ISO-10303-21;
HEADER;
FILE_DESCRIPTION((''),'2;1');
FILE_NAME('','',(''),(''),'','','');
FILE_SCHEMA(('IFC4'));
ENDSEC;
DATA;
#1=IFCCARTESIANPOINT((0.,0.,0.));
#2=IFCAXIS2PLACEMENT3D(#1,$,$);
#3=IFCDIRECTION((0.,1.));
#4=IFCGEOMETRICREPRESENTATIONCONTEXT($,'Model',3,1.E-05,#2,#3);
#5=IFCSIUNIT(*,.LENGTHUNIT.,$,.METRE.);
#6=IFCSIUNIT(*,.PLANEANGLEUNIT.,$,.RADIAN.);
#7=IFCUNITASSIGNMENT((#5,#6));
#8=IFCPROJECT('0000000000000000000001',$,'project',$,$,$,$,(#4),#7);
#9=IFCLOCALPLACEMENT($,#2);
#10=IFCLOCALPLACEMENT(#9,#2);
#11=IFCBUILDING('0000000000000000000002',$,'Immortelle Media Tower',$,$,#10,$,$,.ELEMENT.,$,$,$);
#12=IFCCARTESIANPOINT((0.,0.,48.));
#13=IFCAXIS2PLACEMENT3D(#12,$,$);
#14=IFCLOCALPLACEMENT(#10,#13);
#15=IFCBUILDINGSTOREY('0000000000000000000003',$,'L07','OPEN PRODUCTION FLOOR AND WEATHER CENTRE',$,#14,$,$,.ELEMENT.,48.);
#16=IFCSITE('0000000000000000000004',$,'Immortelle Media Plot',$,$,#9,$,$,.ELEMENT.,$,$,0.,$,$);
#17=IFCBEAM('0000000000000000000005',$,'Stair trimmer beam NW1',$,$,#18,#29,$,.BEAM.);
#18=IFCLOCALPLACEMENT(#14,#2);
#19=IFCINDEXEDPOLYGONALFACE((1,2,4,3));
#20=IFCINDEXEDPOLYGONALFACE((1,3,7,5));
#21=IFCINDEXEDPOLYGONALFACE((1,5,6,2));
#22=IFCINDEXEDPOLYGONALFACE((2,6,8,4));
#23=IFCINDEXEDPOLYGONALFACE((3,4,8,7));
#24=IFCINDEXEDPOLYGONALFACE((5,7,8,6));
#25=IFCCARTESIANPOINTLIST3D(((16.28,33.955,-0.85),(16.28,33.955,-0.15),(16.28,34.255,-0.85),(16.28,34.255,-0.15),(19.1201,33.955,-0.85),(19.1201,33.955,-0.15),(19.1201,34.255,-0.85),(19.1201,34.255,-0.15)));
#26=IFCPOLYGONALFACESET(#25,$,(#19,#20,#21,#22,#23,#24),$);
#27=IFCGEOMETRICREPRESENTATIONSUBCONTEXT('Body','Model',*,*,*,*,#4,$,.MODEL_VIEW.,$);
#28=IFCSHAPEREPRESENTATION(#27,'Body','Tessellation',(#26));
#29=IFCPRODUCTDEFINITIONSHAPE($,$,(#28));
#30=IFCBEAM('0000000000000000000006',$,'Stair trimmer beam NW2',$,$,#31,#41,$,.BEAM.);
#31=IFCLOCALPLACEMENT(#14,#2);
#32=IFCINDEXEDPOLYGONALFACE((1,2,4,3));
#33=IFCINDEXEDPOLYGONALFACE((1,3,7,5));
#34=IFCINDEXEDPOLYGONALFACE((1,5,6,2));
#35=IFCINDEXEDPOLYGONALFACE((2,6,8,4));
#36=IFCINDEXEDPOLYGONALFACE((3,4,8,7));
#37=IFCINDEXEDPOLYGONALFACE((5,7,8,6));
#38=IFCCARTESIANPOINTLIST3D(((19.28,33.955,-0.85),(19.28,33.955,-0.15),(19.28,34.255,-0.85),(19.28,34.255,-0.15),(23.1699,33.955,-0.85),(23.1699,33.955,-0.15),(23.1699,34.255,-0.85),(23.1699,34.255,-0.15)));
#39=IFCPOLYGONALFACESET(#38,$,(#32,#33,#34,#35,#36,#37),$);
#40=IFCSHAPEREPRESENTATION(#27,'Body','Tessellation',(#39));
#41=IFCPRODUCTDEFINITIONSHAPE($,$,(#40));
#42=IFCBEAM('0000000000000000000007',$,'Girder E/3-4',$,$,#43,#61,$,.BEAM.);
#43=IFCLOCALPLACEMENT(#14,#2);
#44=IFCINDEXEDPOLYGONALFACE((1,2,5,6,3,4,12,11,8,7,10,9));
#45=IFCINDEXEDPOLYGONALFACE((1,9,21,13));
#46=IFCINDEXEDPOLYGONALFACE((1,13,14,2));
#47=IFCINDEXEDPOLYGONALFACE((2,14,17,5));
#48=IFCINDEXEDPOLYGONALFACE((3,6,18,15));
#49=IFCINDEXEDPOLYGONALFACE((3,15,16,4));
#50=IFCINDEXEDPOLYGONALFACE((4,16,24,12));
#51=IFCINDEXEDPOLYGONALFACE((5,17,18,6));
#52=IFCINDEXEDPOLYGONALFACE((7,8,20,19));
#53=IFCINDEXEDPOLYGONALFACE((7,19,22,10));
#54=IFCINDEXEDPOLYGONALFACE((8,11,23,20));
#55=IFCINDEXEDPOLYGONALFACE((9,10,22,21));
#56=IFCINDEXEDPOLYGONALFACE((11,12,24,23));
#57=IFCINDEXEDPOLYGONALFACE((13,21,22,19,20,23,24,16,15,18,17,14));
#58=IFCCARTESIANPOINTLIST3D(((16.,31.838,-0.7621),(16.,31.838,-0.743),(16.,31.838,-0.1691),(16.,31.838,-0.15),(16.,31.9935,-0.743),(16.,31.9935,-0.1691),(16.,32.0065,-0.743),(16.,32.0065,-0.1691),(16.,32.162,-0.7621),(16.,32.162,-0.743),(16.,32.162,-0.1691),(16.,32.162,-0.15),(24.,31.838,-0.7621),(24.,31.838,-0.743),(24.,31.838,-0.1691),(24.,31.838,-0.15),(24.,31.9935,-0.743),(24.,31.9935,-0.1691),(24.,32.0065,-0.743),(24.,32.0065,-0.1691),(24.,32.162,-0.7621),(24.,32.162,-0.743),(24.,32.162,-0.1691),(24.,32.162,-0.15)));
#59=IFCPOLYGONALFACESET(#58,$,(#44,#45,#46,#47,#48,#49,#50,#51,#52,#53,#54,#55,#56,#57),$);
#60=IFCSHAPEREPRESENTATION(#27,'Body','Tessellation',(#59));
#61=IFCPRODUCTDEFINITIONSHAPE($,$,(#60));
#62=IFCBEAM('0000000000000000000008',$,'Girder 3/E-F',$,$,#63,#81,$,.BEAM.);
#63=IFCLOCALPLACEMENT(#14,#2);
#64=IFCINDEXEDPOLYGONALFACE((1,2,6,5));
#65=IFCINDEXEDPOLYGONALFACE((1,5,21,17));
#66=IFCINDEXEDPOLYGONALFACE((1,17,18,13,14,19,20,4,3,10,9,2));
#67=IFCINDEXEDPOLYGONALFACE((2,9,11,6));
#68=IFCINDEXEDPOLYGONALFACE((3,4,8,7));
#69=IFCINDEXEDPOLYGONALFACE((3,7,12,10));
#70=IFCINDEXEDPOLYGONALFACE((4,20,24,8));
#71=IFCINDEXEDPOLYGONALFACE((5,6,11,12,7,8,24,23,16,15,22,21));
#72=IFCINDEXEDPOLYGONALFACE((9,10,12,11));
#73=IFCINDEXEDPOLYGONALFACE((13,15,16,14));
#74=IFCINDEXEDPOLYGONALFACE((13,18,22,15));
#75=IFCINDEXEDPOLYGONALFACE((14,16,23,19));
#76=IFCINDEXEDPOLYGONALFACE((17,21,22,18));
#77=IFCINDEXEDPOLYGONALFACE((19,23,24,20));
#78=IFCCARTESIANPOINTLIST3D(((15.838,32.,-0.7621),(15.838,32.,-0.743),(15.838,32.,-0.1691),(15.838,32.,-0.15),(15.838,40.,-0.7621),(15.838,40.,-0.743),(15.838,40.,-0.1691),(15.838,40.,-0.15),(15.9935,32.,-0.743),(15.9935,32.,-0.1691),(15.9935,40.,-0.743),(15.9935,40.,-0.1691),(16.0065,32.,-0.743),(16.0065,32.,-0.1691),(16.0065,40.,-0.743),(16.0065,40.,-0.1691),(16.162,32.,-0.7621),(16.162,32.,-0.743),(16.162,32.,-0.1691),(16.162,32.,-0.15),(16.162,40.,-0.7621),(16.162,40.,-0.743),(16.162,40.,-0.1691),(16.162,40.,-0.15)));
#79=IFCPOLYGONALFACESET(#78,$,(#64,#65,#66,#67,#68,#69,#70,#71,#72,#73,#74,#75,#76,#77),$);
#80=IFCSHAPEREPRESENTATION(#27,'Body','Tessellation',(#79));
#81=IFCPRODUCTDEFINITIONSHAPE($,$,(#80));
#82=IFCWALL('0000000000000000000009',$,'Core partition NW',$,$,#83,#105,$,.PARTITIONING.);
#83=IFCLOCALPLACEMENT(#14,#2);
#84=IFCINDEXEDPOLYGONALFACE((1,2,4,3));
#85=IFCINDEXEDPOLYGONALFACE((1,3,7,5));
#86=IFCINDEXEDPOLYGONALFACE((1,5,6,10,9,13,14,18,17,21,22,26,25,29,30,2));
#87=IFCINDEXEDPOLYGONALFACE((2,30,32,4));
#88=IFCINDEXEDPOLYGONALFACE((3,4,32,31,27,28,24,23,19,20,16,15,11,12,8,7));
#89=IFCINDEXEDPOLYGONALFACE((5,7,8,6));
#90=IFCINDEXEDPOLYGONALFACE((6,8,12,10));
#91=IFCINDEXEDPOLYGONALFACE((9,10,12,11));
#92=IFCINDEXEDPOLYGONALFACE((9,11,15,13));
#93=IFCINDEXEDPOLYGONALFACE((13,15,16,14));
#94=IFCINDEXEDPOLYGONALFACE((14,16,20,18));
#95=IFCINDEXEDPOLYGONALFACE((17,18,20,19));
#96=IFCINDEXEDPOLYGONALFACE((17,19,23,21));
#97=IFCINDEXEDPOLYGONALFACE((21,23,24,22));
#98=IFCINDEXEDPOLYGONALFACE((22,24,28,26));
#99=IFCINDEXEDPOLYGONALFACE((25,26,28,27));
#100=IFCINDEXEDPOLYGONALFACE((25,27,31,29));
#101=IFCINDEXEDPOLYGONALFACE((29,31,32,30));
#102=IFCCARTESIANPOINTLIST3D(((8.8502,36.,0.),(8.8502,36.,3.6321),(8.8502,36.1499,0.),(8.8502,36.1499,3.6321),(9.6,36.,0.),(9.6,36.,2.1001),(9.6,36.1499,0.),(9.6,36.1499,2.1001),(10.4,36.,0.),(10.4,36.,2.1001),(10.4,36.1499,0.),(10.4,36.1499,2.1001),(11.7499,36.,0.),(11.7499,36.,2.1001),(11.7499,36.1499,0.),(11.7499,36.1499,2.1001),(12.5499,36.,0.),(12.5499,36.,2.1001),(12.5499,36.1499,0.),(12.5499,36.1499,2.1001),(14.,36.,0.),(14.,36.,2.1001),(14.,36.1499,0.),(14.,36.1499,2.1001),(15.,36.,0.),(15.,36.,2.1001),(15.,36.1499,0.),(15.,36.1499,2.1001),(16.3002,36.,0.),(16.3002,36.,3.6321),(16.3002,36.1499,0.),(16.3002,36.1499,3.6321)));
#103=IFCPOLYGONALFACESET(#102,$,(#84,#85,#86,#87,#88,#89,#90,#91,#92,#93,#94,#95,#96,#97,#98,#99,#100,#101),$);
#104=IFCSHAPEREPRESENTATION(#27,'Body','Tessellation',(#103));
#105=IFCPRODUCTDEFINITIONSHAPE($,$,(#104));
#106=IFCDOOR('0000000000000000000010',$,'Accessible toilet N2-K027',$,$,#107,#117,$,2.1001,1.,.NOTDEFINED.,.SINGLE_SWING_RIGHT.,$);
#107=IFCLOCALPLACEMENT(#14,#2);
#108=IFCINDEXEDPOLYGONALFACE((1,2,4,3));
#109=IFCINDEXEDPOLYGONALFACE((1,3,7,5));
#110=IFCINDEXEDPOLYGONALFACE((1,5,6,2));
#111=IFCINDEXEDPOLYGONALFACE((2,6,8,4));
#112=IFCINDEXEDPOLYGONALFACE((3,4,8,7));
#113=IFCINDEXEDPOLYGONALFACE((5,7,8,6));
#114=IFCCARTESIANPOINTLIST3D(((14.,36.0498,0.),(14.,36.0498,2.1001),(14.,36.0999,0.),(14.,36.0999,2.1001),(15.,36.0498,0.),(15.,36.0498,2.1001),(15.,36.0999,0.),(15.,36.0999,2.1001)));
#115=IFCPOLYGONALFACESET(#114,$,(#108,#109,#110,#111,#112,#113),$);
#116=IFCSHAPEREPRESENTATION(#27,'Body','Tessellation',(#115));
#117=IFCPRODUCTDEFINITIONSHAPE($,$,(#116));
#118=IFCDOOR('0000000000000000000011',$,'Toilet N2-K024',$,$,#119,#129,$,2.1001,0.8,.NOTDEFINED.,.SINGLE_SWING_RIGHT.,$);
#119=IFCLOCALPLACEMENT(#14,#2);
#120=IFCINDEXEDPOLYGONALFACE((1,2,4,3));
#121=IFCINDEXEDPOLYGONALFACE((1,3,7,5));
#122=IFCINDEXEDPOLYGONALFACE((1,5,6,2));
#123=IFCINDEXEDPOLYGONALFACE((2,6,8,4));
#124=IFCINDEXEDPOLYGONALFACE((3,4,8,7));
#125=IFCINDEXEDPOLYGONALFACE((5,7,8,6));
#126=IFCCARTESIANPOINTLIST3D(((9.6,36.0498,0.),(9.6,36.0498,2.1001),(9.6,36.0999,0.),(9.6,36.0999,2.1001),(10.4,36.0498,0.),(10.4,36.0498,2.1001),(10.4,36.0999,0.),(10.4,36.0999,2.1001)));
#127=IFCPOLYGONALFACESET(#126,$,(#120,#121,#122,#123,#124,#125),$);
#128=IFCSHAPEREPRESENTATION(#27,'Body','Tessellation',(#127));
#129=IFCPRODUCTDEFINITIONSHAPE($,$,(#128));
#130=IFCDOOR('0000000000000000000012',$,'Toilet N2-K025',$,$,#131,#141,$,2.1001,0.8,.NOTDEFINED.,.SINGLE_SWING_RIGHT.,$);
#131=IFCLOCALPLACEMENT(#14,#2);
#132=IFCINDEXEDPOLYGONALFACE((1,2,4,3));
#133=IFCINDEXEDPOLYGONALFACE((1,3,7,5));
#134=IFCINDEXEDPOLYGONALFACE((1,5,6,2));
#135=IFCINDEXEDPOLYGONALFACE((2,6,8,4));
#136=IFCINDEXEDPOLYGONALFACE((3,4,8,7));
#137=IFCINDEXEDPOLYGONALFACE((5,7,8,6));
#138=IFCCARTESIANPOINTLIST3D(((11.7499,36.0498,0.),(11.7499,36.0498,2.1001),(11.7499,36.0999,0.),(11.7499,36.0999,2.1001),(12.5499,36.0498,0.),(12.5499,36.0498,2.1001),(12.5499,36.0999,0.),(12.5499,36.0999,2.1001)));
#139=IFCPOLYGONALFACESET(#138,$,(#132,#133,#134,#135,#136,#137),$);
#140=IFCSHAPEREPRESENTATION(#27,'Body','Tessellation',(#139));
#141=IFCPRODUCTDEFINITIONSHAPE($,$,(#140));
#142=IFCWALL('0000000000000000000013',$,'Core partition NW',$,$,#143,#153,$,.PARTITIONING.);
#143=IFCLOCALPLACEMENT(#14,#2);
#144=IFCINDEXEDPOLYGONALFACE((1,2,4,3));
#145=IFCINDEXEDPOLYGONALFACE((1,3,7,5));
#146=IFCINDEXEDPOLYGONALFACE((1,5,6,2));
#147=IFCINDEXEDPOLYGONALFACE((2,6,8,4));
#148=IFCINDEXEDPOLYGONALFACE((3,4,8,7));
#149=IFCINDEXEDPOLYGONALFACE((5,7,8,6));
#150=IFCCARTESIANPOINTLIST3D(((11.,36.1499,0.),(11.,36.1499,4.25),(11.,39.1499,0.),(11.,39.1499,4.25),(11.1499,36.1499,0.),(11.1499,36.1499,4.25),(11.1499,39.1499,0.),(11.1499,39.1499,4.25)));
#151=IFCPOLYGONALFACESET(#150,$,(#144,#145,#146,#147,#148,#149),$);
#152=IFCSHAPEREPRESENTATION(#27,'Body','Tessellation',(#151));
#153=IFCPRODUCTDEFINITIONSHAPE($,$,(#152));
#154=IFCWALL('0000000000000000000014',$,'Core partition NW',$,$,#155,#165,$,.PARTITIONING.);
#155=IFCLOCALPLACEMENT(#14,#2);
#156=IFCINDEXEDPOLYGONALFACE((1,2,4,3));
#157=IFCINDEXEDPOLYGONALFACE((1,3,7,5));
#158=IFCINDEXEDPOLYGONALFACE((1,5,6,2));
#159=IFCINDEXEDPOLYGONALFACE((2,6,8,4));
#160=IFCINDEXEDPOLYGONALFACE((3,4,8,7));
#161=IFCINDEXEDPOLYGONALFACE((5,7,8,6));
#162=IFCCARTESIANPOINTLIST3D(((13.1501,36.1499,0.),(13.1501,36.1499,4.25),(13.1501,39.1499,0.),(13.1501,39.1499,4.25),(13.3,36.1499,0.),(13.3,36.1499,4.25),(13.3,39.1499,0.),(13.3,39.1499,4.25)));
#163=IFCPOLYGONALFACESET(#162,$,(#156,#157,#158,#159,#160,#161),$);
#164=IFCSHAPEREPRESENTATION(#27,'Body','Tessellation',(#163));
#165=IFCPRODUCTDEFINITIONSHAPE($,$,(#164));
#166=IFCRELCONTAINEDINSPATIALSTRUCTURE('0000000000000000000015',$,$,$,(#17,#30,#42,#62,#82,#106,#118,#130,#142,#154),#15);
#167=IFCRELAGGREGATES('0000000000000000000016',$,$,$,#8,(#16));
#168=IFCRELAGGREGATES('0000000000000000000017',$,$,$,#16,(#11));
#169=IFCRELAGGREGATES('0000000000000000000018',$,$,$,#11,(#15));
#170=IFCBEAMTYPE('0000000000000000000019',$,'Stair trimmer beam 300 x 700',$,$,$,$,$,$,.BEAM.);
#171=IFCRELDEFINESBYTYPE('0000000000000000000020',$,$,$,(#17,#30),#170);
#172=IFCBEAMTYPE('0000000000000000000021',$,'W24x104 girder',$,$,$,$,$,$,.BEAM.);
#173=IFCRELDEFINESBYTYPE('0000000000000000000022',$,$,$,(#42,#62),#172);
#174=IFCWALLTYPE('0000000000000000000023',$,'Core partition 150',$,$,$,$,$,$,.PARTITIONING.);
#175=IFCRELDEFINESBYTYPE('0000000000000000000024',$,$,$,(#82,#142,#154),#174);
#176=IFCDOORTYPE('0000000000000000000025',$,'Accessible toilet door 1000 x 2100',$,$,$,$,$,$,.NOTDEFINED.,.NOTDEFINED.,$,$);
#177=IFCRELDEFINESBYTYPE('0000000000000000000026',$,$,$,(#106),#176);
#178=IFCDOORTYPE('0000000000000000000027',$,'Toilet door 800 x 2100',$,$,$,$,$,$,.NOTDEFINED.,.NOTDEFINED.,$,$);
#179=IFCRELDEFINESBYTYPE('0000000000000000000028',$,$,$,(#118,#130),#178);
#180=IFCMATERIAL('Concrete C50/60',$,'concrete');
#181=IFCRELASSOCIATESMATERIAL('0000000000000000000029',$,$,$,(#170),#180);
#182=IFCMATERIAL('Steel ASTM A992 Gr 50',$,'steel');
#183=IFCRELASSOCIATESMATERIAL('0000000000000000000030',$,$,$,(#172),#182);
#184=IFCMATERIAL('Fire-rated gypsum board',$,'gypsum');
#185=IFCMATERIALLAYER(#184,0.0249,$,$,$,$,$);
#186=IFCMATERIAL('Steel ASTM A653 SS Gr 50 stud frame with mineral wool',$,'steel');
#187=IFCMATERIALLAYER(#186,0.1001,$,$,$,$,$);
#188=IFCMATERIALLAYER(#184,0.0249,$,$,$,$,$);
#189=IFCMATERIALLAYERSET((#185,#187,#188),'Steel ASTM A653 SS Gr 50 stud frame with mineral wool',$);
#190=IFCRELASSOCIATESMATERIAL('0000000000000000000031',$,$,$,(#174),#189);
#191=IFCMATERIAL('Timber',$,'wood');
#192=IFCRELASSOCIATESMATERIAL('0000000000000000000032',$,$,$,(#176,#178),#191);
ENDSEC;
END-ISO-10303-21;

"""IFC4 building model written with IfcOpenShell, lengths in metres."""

from ifc_helpers import new_model, si_unit, direction, frame, frame_2d, origin, origin_2d, place, context, subcontext, project, spatial, rectangle, i_section, extrude, material, layer, layer_set, material_profile, profile_set, type_object, element, fill, save


model = new_model("IFC4")

# Units and contexts
model_context = context("Model", 3, precision=1e-05, world=origin(), true_north=direction((0.0, 1.0)))
body_context = subcontext(model_context, "Body", "Model", "MODEL_VIEW")
ifc_project = project(units=[si_unit("LENGTHUNIT", "METRE"), si_unit("PLANEANGLEUNIT", "RADIAN")], contexts=[model_context])

# Site, building, storey
site_placement = place(None, origin())
site = spatial("IfcSite", under=ifc_project, at=site_placement, Name="Immortelle Media Plot", CompositionType="ELEMENT", RefElevation=0.0)
building_placement = place(site_placement, origin())
building = spatial("IfcBuilding", under=site, at=building_placement, Name="Immortelle Media Tower", CompositionType="ELEMENT")
storey_placement = place(building_placement, frame((0.0, 0.0, 48.0)))
storey = spatial("IfcBuildingStorey", under=building, at=storey_placement, Name="L07", Description="OPEN PRODUCTION FLOOR AND WEATHER CENTRE", CompositionType="ELEMENT", Elevation=48.0)

# Beams
ifc_material_1 = material(Name="Concrete C50/60", Category="concrete")
ifc_material_profile_1 = material_profile(ifc_material_1, rectangle(XDim=0.3, YDim=0.7, at=origin_2d()), Name="RC 300x700")
ifc_profile_set_1 = profile_set([ifc_material_profile_1], Name="Concrete C50/60")
beam_type_1 = type_object("IfcBeamType", Name="Stair trimmer beam 300 x 700", PredefinedType="BEAM", material=ifc_profile_set_1)
beam_1_placement = place(storey_placement, frame((16.28, 34.105, -0.5), z_axis=(1.0, 0.0, 0.0), x_axis=(0.0, 1.0, 0.0)))
element("IfcBeam", 1, at=beam_1_placement, inside=storey, type_object=beam_type_1, Name="Stair trimmer beam NW1", PredefinedType="BEAM", context=body_context, shape_type="SweptSolid", body=[
    extrude(rectangle(XDim=0.3, YDim=0.7, at=origin_2d()), origin(), (0.0, 0.0, 1.0), 2.8401),
])
beam_2_placement = place(storey_placement, frame((19.28, 34.105, -0.5), z_axis=(1.0, 0.0, 0.0), x_axis=(0.0, 1.0, 0.0)))
element("IfcBeam", 2, at=beam_2_placement, inside=storey, type_object=beam_type_1, Name="Stair trimmer beam NW2", PredefinedType="BEAM", context=body_context, shape_type="SweptSolid", body=[
    extrude(rectangle(XDim=0.3, YDim=0.7, at=origin_2d()), origin(), (0.0, 0.0, 1.0), 3.8899),
])
ifc_material_2 = material(Name="Steel ASTM A992 Gr 50", Category="steel")
ifc_material_profile_2 = material_profile(ifc_material_2, i_section(OverallWidth=0.324, OverallDepth=0.6121, WebThickness=0.0129, FlangeThickness=0.019, at=origin_2d()), Name="W24x104")
ifc_profile_set_2 = profile_set([ifc_material_profile_2], Name="Steel ASTM A992 Gr 50")
beam_type_2 = type_object("IfcBeamType", Name="W24x104 girder", PredefinedType="BEAM", material=ifc_profile_set_2)
for number, where, z_axis, x_axis, name in (
    (3, (16.0, 32.0, -0.4561), (1.0, 0.0, 0.0), (0.0, 1.0, 0.0), "Girder E/3-4"),
    (4, (16.0, 32.0, -0.4561), (0.0, 1.0, 0.0), (-1.0, 0.0, 0.0), "Girder 3/E-F"),
):
    element("IfcBeam", number, at=place(storey_placement, frame(where, z_axis=z_axis, x_axis=x_axis)), inside=storey, type_object=beam_type_2, Name=name, PredefinedType="BEAM", context=body_context, shape_type="SweptSolid", body=[
        extrude(i_section(OverallWidth=0.324, OverallDepth=0.6121, WebThickness=0.0129, FlangeThickness=0.019, at=origin_2d()), origin(), (0.0, 0.0, 1.0), 8.0),
    ])

# Wall, openings, doors
ifc_material_3 = material(Name="Fire-rated gypsum board", Category="gypsum")
ifc_layer_1 = layer(ifc_material_3, 0.0249)
ifc_material_4 = material(Name="Steel ASTM A653 SS Gr 50 stud frame with mineral wool", Category="steel")
ifc_layer_2 = layer(ifc_material_4, 0.1001)
ifc_layer_3 = layer(ifc_material_3, 0.0249)
ifc_layer_set_1 = layer_set([ifc_layer_1, ifc_layer_2, ifc_layer_3], Name="Steel ASTM A653 SS Gr 50 stud frame with mineral wool")
wall_type_1 = type_object("IfcWallType", Name="Core partition 150", PredefinedType="PARTITIONING", material=ifc_layer_set_1)
wall_1_placement = place(storey_placement, frame((8.8501, 36.075, 0.0), z_axis=(0.0, 0.0, 1.0), x_axis=(1.0, 0.0, 0.0)))
wall_1 = element("IfcWall", 5, at=wall_1_placement, inside=storey, type_object=wall_type_1, Name="Core partition NW", PredefinedType="PARTITIONING", context=body_context, shape_type="SweptSolid", body=[
    extrude(rectangle(XDim=7.45, YDim=0.1499, at=frame_2d((3.7251, 0.0))), origin(), (0.0, 0.0, 1.0), 3.6321),
])
opening_1_placement = place(wall_1_placement, frame((0.75, 0.0, 0.0)))
opening_1 = element("IfcOpeningElement", 6, at=opening_1_placement, cuts=wall_1, PredefinedType="OPENING", context=body_context, shape_type="SweptSolid", body=[
    extrude(rectangle(XDim=0.8, YDim=2.1001, at=frame_2d((0.3999, 1.05))), frame((0.0, 0.085, 0.0), z_axis=(0.0, -1.0, 0.0), x_axis=(1.0, 0.0, 0.0)), (0.0, 0.0, 1.0), 0.1699),
])
opening_2_placement = place(wall_1_placement, frame((2.8999, 0.0, 0.0)))
opening_2 = element("IfcOpeningElement", 7, at=opening_2_placement, cuts=wall_1, PredefinedType="OPENING", context=body_context, shape_type="SweptSolid", body=[
    extrude(rectangle(XDim=0.8, YDim=2.1001, at=frame_2d((0.3999, 1.05))), frame((0.0, 0.085, 0.0), z_axis=(0.0, -1.0, 0.0), x_axis=(1.0, 0.0, 0.0)), (0.0, 0.0, 1.0), 0.1699),
])
opening_3_placement = place(wall_1_placement, frame((5.1499, 0.0, 0.0)))
opening_3 = element("IfcOpeningElement", 8, at=opening_3_placement, cuts=wall_1, PredefinedType="OPENING", context=body_context, shape_type="SweptSolid", body=[
    extrude(rectangle(XDim=1.0, YDim=2.1001, at=frame_2d((0.5, 1.05))), frame((0.0, 0.085, 0.0), z_axis=(0.0, -1.0, 0.0), x_axis=(1.0, 0.0, 0.0)), (0.0, 0.0, 1.0), 0.1699),
])
ifc_material_5 = material(Name="Timber", Category="wood")
door_type_1 = type_object("IfcDoorType", Name="Accessible toilet door 1000 x 2100", OperationType="NOTDEFINED", PredefinedType="NOTDEFINED", material=ifc_material_5)
door_1_placement = place(opening_3_placement, origin())
door_1 = element("IfcDoor", 9, at=door_1_placement, inside=storey, type_object=door_type_1, Name="Accessible toilet N2-K027", OperationType="SINGLE_SWING_RIGHT", OverallHeight=2.1001, OverallWidth=1.0, PredefinedType="NOTDEFINED", context=body_context, shape_type="SweptSolid", body=[
    extrude(rectangle(XDim=1.0, YDim=2.1001, at=frame_2d((0.5, 1.05))), frame((0.0, 0.0249, 0.0), z_axis=(0.0, -1.0, 0.0), x_axis=(1.0, 0.0, 0.0)), (0.0, 0.0, 1.0), 0.05),
])
fill(opening_3, door_1)
door_type_2 = type_object("IfcDoorType", Name="Toilet door 800 x 2100", OperationType="NOTDEFINED", PredefinedType="NOTDEFINED", material=ifc_material_5)
door_2_placement = place(opening_1_placement, origin())
door_2 = element("IfcDoor", 10, at=door_2_placement, inside=storey, type_object=door_type_2, Name="Toilet N2-K024", OperationType="SINGLE_SWING_RIGHT", OverallHeight=2.1001, OverallWidth=0.8, PredefinedType="NOTDEFINED", context=body_context, shape_type="SweptSolid", body=[
    extrude(rectangle(XDim=0.8, YDim=2.1001, at=frame_2d((0.3999, 1.05))), frame((0.0, 0.0249, 0.0), z_axis=(0.0, -1.0, 0.0), x_axis=(1.0, 0.0, 0.0)), (0.0, 0.0, 1.0), 0.05),
])
fill(opening_1, door_2)
door_3_placement = place(opening_2_placement, origin())
door_3 = element("IfcDoor", 11, at=door_3_placement, inside=storey, type_object=door_type_2, Name="Toilet N2-K025", OperationType="SINGLE_SWING_RIGHT", OverallHeight=2.1001, OverallWidth=0.8, PredefinedType="NOTDEFINED", context=body_context, shape_type="SweptSolid", body=[
    extrude(rectangle(XDim=0.8, YDim=2.1001, at=frame_2d((0.3999, 1.05))), frame((0.0, 0.0249, 0.0), z_axis=(0.0, -1.0, 0.0), x_axis=(1.0, 0.0, 0.0)), (0.0, 0.0, 1.0), 0.05),
])
fill(opening_2, door_3)

# Walls
for number, where, z_axis, x_axis, name in (
    (12, (11.075, 36.1499, 0.0), (0.0, 0.0, 1.0), (0.0, 1.0, 0.0), "Core partition NW"),
    (13, (13.2251, 36.1499, 0.0), (0.0, 0.0, 1.0), (0.0, 1.0, 0.0), "Core partition NW"),
):
    element("IfcWall", number, at=place(storey_placement, frame(where, z_axis=z_axis, x_axis=x_axis)), inside=storey, type_object=wall_type_1, Name=name, PredefinedType="PARTITIONING", context=body_context, shape_type="SweptSolid", body=[
        extrude(rectangle(XDim=3.0, YDim=0.1499, at=frame_2d((1.5, 0.0))), origin(), (0.0, 0.0, 1.0), 4.25),
    ])

save(model, "model.ifc")
